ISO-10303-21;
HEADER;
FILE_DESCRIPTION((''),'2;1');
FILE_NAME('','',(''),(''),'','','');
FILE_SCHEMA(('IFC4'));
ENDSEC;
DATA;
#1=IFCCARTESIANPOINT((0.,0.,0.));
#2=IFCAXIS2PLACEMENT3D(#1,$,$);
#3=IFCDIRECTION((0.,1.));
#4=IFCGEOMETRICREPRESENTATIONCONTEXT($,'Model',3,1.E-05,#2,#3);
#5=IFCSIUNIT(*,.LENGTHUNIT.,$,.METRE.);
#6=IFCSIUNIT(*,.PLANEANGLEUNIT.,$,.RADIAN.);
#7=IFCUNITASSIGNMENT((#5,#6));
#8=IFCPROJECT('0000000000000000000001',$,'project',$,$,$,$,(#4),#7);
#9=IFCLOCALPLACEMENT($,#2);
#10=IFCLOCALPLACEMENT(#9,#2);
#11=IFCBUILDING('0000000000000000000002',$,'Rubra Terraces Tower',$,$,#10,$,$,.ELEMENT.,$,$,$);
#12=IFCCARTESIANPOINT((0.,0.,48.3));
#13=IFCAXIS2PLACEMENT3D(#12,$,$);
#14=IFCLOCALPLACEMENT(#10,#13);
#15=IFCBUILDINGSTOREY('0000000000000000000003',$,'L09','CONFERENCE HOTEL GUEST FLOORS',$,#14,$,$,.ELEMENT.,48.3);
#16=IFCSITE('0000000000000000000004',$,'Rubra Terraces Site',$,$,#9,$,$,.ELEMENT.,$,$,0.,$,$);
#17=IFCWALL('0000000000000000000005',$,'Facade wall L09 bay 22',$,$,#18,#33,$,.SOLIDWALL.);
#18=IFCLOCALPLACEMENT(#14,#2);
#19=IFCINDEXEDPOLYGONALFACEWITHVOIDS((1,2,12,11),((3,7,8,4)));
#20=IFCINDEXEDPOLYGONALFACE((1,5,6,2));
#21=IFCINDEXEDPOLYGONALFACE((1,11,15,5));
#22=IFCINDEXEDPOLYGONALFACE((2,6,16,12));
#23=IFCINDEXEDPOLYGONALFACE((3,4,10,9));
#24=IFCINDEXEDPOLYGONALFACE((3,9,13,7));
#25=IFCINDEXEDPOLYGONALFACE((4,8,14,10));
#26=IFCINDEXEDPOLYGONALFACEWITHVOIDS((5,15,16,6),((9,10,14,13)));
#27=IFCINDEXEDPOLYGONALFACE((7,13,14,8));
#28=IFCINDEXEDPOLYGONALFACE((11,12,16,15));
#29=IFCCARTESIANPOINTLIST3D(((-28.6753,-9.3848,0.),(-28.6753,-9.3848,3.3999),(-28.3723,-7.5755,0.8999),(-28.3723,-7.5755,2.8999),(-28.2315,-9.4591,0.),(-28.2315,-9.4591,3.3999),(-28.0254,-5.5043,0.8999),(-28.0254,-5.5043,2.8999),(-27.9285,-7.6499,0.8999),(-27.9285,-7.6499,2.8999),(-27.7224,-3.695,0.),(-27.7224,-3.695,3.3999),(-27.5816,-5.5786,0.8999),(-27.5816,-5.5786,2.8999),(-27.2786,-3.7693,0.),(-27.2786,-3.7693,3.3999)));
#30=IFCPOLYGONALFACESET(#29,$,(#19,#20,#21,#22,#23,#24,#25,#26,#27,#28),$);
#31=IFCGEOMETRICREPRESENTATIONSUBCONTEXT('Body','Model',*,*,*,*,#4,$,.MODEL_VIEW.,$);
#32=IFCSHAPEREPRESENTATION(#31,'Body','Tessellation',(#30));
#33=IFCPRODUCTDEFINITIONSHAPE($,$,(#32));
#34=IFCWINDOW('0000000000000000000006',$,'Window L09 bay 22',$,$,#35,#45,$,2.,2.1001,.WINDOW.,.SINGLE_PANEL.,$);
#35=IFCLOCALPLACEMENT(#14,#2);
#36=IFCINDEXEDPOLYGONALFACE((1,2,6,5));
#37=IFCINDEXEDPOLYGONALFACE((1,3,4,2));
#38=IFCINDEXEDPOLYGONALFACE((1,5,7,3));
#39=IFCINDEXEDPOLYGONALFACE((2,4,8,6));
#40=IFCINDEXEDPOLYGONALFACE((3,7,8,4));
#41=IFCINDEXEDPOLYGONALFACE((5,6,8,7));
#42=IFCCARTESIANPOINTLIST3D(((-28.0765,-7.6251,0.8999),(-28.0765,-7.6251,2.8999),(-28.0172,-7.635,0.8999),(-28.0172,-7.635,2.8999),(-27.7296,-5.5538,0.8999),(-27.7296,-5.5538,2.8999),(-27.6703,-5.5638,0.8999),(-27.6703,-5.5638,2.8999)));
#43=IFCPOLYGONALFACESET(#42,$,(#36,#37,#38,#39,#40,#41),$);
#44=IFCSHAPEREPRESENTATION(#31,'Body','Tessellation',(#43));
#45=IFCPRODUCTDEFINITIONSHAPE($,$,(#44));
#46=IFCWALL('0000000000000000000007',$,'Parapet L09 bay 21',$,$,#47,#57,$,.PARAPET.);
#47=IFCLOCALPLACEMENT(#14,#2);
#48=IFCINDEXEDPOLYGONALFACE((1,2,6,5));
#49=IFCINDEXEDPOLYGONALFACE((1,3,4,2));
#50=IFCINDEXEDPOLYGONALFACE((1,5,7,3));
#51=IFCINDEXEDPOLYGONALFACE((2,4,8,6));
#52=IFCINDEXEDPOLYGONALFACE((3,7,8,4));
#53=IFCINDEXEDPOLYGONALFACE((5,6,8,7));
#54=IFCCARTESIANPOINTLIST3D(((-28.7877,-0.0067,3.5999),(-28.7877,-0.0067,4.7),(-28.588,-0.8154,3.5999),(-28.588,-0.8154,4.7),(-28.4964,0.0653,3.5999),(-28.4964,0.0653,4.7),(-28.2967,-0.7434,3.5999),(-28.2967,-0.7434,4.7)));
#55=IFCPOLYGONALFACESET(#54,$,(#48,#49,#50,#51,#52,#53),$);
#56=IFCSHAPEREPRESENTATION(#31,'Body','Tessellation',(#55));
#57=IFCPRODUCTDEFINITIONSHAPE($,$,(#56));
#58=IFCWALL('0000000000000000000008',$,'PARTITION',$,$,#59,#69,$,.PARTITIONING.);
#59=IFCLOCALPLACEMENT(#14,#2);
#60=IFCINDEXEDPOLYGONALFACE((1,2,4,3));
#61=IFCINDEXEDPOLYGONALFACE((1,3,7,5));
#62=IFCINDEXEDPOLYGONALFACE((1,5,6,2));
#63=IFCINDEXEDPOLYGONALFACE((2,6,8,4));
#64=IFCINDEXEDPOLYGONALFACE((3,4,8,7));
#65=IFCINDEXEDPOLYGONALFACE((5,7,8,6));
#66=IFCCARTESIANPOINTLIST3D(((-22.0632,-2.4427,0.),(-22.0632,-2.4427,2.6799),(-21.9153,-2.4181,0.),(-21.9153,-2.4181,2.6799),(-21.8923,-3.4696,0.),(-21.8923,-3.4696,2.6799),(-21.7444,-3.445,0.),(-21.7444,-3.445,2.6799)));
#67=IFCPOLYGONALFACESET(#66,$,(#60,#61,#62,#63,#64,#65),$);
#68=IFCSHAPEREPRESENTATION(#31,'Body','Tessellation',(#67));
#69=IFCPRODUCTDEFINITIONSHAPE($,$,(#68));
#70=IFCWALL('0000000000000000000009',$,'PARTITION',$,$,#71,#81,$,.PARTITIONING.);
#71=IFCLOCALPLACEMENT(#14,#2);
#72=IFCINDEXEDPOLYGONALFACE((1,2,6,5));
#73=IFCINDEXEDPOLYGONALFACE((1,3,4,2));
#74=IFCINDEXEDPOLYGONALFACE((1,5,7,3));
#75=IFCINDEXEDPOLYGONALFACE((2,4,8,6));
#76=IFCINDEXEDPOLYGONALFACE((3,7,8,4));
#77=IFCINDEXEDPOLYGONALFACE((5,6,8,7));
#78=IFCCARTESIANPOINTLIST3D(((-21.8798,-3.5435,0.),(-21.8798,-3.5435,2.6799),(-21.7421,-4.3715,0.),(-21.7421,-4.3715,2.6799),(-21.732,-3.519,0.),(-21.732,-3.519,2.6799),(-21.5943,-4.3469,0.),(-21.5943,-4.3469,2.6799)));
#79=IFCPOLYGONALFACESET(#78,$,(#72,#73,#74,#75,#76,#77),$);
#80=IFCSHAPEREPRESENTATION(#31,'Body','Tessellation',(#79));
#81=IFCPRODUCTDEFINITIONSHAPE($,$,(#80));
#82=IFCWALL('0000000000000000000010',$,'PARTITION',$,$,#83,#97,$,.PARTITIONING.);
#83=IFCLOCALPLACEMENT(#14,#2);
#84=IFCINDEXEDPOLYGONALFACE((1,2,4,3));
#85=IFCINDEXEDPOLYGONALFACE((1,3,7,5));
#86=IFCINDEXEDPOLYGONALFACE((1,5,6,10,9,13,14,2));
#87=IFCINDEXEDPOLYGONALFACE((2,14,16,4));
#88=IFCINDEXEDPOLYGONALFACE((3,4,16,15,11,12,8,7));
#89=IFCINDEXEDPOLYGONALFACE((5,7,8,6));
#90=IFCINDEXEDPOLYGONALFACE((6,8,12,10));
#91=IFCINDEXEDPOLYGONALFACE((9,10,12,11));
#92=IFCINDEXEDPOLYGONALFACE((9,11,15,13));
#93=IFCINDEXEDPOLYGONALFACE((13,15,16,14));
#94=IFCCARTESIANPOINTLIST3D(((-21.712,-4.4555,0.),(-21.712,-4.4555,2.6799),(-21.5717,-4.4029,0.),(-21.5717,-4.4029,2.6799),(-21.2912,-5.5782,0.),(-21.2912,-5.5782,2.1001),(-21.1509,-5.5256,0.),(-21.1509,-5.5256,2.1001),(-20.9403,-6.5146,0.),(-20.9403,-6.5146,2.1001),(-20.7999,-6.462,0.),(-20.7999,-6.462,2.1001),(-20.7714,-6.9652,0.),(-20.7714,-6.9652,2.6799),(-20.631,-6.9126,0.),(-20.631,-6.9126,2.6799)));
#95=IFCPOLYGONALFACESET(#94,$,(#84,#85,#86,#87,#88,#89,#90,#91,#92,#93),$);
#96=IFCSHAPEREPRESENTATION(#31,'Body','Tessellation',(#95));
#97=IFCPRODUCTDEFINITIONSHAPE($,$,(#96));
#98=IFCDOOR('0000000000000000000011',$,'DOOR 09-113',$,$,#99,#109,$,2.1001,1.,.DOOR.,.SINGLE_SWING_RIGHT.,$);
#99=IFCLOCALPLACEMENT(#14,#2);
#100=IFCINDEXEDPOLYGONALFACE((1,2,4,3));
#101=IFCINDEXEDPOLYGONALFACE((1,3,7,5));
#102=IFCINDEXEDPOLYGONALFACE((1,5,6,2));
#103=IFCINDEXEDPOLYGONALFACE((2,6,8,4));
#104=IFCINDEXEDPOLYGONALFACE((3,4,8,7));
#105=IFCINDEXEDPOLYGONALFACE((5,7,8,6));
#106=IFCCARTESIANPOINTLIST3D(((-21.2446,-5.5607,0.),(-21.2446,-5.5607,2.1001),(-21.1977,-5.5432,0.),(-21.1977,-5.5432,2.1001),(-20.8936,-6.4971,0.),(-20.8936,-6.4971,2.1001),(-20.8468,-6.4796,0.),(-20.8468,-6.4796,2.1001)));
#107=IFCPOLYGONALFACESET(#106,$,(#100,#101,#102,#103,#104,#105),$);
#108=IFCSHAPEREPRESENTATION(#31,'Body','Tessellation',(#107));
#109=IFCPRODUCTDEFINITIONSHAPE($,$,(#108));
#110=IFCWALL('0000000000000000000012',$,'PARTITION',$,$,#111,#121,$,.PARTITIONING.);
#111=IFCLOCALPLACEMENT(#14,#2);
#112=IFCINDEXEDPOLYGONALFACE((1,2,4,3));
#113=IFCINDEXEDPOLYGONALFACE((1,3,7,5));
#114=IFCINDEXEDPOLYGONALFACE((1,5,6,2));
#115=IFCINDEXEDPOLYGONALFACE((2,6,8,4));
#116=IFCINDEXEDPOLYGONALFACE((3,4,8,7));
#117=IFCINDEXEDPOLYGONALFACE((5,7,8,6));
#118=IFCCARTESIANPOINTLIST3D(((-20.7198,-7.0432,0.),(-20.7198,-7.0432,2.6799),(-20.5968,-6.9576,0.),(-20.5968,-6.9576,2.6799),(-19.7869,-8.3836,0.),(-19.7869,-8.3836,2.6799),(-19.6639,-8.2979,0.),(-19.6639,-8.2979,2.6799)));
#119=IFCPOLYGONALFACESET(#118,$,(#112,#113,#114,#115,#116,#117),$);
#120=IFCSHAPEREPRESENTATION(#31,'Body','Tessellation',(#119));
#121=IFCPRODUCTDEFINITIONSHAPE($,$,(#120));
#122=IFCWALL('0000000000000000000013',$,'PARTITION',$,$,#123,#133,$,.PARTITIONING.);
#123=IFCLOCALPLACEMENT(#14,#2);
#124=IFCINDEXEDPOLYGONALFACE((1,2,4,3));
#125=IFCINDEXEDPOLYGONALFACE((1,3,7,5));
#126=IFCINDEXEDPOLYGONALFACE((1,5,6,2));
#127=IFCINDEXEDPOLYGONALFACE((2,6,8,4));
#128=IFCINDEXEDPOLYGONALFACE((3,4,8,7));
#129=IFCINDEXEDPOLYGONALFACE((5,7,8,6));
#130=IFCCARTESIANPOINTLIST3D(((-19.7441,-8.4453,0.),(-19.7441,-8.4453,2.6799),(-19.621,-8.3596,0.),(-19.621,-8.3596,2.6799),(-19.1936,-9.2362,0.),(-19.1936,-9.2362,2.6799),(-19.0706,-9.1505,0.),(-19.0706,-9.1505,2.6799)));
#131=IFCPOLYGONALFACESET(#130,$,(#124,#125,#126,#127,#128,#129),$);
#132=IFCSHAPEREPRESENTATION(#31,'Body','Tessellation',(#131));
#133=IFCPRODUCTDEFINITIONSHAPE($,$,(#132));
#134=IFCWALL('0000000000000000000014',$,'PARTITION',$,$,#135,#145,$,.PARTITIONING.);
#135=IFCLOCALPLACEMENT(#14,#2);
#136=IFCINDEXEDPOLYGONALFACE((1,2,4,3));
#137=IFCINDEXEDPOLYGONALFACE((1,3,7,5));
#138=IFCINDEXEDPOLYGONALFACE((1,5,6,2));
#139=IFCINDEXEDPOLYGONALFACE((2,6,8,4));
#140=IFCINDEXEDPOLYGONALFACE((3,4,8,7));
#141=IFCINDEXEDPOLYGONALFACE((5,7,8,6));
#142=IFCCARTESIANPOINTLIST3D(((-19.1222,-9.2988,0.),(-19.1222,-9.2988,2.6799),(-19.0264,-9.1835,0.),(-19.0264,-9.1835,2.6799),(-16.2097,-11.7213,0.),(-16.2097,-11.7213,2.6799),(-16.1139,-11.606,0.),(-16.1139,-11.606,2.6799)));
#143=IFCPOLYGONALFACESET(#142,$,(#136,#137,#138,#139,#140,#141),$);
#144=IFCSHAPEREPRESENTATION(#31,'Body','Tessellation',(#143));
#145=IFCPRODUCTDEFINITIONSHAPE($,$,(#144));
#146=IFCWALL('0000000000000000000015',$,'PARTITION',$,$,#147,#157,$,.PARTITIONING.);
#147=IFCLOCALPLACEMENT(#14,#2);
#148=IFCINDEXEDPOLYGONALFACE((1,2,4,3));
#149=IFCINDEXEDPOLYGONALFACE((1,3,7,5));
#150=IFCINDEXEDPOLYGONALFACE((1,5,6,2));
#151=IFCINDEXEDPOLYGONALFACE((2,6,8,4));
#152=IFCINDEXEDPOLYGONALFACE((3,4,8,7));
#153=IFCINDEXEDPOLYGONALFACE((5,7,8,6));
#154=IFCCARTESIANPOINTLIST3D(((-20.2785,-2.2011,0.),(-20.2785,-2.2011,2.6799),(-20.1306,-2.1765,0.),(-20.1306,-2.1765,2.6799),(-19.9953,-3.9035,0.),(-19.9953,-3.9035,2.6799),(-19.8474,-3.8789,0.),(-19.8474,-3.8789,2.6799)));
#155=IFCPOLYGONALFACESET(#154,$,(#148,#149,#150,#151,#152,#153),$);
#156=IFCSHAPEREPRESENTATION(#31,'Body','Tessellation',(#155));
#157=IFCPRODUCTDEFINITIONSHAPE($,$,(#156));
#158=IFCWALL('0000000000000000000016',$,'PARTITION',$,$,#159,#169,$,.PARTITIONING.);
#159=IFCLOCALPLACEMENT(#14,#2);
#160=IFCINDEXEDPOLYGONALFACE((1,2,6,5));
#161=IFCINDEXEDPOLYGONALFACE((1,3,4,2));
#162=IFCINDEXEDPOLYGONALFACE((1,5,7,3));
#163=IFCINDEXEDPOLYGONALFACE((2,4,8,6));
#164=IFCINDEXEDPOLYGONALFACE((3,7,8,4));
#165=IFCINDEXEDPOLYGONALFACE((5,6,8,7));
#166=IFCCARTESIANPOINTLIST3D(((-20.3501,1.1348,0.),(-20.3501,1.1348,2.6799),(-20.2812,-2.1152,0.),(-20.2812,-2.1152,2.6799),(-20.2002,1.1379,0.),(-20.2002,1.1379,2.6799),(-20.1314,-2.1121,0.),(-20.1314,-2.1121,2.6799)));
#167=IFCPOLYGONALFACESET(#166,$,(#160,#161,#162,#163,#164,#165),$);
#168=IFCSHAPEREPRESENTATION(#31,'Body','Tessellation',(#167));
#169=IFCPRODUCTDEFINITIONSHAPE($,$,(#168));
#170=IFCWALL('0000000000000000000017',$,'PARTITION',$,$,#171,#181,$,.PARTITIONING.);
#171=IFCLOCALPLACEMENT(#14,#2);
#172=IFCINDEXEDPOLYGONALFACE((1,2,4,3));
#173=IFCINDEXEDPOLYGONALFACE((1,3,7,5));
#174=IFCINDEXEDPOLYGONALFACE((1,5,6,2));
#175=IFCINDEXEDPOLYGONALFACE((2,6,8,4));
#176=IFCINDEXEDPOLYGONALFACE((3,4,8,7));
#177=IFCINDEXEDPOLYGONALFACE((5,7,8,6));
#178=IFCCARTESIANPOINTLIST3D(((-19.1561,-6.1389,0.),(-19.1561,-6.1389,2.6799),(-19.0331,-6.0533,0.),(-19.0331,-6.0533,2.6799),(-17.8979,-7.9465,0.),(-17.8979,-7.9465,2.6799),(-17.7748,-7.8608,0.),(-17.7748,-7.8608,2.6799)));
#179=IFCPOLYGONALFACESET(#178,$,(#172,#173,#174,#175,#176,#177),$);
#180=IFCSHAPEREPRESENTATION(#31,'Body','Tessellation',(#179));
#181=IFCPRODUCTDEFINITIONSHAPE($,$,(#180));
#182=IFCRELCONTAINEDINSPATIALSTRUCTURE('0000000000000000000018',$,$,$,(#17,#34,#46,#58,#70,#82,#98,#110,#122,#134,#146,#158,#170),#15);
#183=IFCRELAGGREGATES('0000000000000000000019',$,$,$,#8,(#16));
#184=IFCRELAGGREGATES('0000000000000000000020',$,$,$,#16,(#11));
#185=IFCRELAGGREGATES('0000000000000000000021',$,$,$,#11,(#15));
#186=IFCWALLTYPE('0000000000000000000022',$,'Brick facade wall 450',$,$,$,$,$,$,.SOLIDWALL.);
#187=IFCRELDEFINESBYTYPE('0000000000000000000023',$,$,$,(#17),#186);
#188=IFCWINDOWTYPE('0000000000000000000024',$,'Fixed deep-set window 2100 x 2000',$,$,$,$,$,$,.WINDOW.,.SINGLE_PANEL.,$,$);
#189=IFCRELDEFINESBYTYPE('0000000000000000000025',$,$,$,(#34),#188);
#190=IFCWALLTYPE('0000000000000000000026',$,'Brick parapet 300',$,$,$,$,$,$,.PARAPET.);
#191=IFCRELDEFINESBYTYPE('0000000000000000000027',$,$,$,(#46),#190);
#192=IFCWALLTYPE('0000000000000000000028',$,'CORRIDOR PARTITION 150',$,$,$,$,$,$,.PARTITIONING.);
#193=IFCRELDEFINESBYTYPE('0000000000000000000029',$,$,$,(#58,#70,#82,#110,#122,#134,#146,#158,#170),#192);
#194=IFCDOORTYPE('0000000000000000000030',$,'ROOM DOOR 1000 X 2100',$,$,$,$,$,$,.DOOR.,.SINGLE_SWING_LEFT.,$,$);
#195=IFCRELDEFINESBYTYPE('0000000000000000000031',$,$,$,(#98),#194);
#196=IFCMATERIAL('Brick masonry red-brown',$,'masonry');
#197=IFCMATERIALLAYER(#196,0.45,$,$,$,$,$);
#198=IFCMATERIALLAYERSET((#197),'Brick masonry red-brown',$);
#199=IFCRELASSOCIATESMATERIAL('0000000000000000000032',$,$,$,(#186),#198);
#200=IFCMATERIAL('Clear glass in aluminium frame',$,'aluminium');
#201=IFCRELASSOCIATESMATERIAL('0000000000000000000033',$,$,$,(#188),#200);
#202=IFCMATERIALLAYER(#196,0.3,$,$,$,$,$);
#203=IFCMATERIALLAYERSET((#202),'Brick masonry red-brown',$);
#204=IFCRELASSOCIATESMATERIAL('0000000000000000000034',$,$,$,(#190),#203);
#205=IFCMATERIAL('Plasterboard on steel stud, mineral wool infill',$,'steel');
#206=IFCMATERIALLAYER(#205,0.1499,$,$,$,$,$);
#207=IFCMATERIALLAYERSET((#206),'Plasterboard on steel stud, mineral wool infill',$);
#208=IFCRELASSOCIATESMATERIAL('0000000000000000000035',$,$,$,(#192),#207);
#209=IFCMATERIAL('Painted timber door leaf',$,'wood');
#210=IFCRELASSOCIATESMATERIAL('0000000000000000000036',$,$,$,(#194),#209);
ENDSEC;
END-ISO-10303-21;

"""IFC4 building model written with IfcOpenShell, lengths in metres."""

from ifc_helpers import new_model, si_unit, direction, frame, frame_2d, origin, place, context, subcontext, project, spatial, rectangle, extrude, material, layer, layer_set, type_object, element, fill, save


model = new_model("IFC4")

# Units and contexts
model_context = context("Model", 3, precision=1e-05, world=origin(), true_north=direction((0.0, 1.0)))
body_context = subcontext(model_context, "Body", "Model", "MODEL_VIEW")
ifc_project = project(units=[si_unit("LENGTHUNIT", "METRE"), si_unit("PLANEANGLEUNIT", "RADIAN")], contexts=[model_context])

# Site, building, storey
site_placement = place(None, origin())
site = spatial("IfcSite", under=ifc_project, at=site_placement, Name="Rubra Terraces Site", CompositionType="ELEMENT", RefElevation=0.0)
building_placement = place(site_placement, origin())
building = spatial("IfcBuilding", under=site, at=building_placement, Name="Rubra Terraces Tower", CompositionType="ELEMENT")
storey_placement = place(building_placement, frame((0.0, 0.0, 48.3)))
storey = spatial("IfcBuildingStorey", under=building, at=storey_placement, Name="L09", Description="CONFERENCE HOTEL GUEST FLOORS", CompositionType="ELEMENT", Elevation=48.3)

# Wall, opening, window
ifc_material_1 = material(Name="Brick masonry red-brown", Category="masonry")
ifc_layer_1 = layer(ifc_material_1, 0.45)
ifc_layer_set_1 = layer_set([ifc_layer_1], Name="Brick masonry red-brown")
wall_type_1 = type_object("IfcWallType", Name="Brick facade wall 450", PredefinedType="SOLIDWALL", material=ifc_layer_set_1)
ifc_material_2 = material(Name="Clear glass in aluminium frame", Category="aluminium")
wall_1_placement = place(storey_placement, frame((-27.5005, -3.7322, 0.0), z_axis=(0.0, 0.0, 1.0), x_axis=(-0.165174, -0.986264, 0.0)))
wall_1 = element("IfcWall", 1, at=wall_1_placement, inside=storey, type_object=wall_type_1, Name="Facade wall L09 bay 22", PredefinedType="SOLIDWALL", context=body_context, shape_type="SweptSolid", body=[
    extrude(rectangle(XDim=5.769, YDim=0.45, at=frame_2d((2.8845, 0.0))), origin(), (0.0, 0.0, 1.0), 3.3999),
])
opening_1_placement = place(wall_1_placement, frame((1.8345, 0.0, 0.8999)))
opening_1 = element("IfcOpeningElement", 2, at=opening_1_placement, cuts=wall_1, PredefinedType="OPENING", context=body_context, shape_type="SweptSolid", body=[
    extrude(rectangle(XDim=2.1001, YDim=2.0, at=frame_2d((1.05, 1.0))), frame((0.0, 0.2349, 0.0), z_axis=(0.0, -1.0, 0.0), x_axis=(1.0, 0.0, 0.0)), (0.0, 0.0, 1.0), 0.47),
])
window_type_1 = type_object("IfcWindowType", Name="Fixed deep-set window 2100 x 2000", PartitioningType="SINGLE_PANEL", PredefinedType="WINDOW", material=ifc_material_2)
window_1_placement = place(opening_1_placement, origin())
window_1 = element("IfcWindow", 3, at=window_1_placement, inside=storey, type_object=window_type_1, Name="Window L09 bay 22", OverallHeight=2.0, OverallWidth=2.1001, PartitioningType="SINGLE_PANEL", PredefinedType="WINDOW", context=body_context, shape_type="SweptSolid", body=[
    extrude(rectangle(XDim=2.1001, YDim=2.0, at=frame_2d((1.05, 1.0))), frame((0.0, 0.135, 0.0), z_axis=(0.0, -1.0, 0.0), x_axis=(1.0, 0.0, 0.0)), (0.0, 0.0, 1.0), 0.0601),
])
fill(opening_1, window_1)

# Walls
ifc_layer_2 = layer(ifc_material_1, 0.3)
ifc_layer_set_2 = layer_set([ifc_layer_2], Name="Brick masonry red-brown")
wall_type_2 = type_object("IfcWallType", Name="Brick parapet 300", PredefinedType="PARAPET", material=ifc_layer_set_2)
wall_2_placement = place(storey_placement, frame((-28.6421, 0.0293, 3.5999), z_axis=(0.0, 0.0, 1.0), x_axis=(0.239776, -0.970828, 0.0)))
element("IfcWall", 4, at=wall_2_placement, inside=storey, type_object=wall_type_2, Name="Parapet L09 bay 21", PredefinedType="PARAPET", context=body_context, shape_type="SweptSolid", body=[
    extrude(rectangle(XDim=0.833, YDim=0.3, at=frame_2d((0.4165, 0.0))), origin(), (0.0, 0.0, 1.0), 1.1001),
])
ifc_material_3 = material(Name="Plasterboard on steel stud, mineral wool infill", Category="steel")
ifc_layer_3 = layer(ifc_material_3, 0.1499)
ifc_layer_set_3 = layer_set([ifc_layer_3], Name="Plasterboard on steel stud, mineral wool infill")
wall_type_3 = type_object("IfcWallType", Name="CORRIDOR PARTITION 150", PredefinedType="PARTITIONING", material=ifc_layer_set_3)
wall_3_placement = place(storey_placement, frame((-21.9893, -2.4304, 0.0), z_axis=(0.0, 0.0, 1.0), x_axis=(0.164171, -0.986432, 0.0)))
element("IfcWall", 5, at=wall_3_placement, inside=storey, type_object=wall_type_3, Name="PARTITION", PredefinedType="PARTITIONING", context=body_context, shape_type="SweptSolid", body=[
    extrude(rectangle(XDim=1.041, YDim=0.1499, at=frame_2d((0.5205, 0.0))), origin(), (0.0, 0.0, 1.0), 2.6799),
])
wall_4_placement = place(storey_placement, frame((-21.8059, -3.5312, 0.0), z_axis=(0.0, 0.0, 1.0), x_axis=(0.164069, -0.986449, 0.0)))
element("IfcWall", 6, at=wall_4_placement, inside=storey, type_object=wall_type_3, Name="PARTITION", PredefinedType="PARTITIONING", context=body_context, shape_type="SweptSolid", body=[
    extrude(rectangle(XDim=0.8394, YDim=0.1499, at=frame_2d((0.4197, 0.0))), origin(), (0.0, 0.0, 1.0), 2.6799),
])

# Wall, opening, door
wall_5_placement = place(storey_placement, frame((-21.6418, -4.4292, 0.0), z_axis=(0.0, 0.0, 1.0), x_axis=(0.350964, -0.936389, 0.0)))
wall_5 = element("IfcWall", 7, at=wall_5_placement, inside=storey, type_object=wall_type_3, Name="PARTITION", PredefinedType="PARTITIONING", context=body_context, shape_type="SweptSolid", body=[
    extrude(rectangle(XDim=2.6802, YDim=0.1499, at=frame_2d((1.3401, 0.0))), origin(), (0.0, 0.0, 1.0), 2.6799),
])
opening_2_placement = place(wall_5_placement, frame((1.199, 0.0, 0.0)))
opening_2 = element("IfcOpeningElement", 8, at=opening_2_placement, cuts=wall_5, PredefinedType="OPENING", context=body_context, shape_type="SweptSolid", body=[
    extrude(rectangle(XDim=1.0, YDim=2.1001, at=frame_2d((0.5, 1.05))), frame((0.0, 0.085, 0.0), z_axis=(0.0, -1.0, 0.0), x_axis=(1.0, 0.0, 0.0)), (0.0, 0.0, 1.0), 0.1699),
])
ifc_material_4 = material(Name="Painted timber door leaf", Category="wood")
door_type_1 = type_object("IfcDoorType", Name="ROOM DOOR 1000 X 2100", OperationType="SINGLE_SWING_LEFT", PredefinedType="DOOR", material=ifc_material_4)
door_1_placement = place(opening_2_placement, origin())
door_1 = element("IfcDoor", 9, at=door_1_placement, inside=storey, type_object=door_type_1, Name="DOOR 09-113", OperationType="SINGLE_SWING_RIGHT", OverallHeight=2.1001, OverallWidth=1.0, PredefinedType="DOOR", context=body_context, shape_type="SweptSolid", body=[
    extrude(rectangle(XDim=1.0, YDim=2.1001, at=frame_2d((0.5, 1.05))), frame((0.0, 0.0249, 0.0), z_axis=(0.0, -1.0, 0.0), x_axis=(1.0, 0.0, 0.0)), (0.0, 0.0, 1.0), 0.05),
])
fill(opening_2, door_1)

# Walls
wall_6_placement = place(storey_placement, frame((-20.6582, -7.0005, 0.0), z_axis=(0.0, 0.0, 1.0), x_axis=(0.571253, -0.820774, 0.0)))
element("IfcWall", 10, at=wall_6_placement, inside=storey, type_object=wall_type_3, Name="PARTITION", PredefinedType="PARTITIONING", context=body_context, shape_type="SweptSolid", body=[
    extrude(rectangle(XDim=1.6331, YDim=0.1499, at=frame_2d((0.8164, 0.0))), origin(), (0.0, 0.0, 1.0), 2.6799),
])
wall_7_placement = place(storey_placement, frame((-19.6826, -8.4023, 0.0), z_axis=(0.0, 0.0, 1.0), x_axis=(0.57125, -0.820776, 0.0)))
element("IfcWall", 11, at=wall_7_placement, inside=storey, type_object=wall_type_3, Name="PARTITION", PredefinedType="PARTITIONING", context=body_context, shape_type="SweptSolid", body=[
    extrude(rectangle(XDim=0.9636, YDim=0.1499, at=frame_2d((0.4819, 0.0))), origin(), (0.0, 0.0, 1.0), 2.6799),
])
wall_8_placement = place(storey_placement, frame((-19.0742, -9.2412, 0.0), z_axis=(0.0, 0.0, 1.0), x_axis=(0.768813, -0.639474, 0.0)))
element("IfcWall", 12, at=wall_8_placement, inside=storey, type_object=wall_type_3, Name="PARTITION", PredefinedType="PARTITIONING", context=body_context, shape_type="SweptSolid", body=[
    extrude(rectangle(XDim=3.7883, YDim=0.1499, at=frame_2d((1.894, 0.0))), origin(), (0.0, 0.0, 1.0), 2.6799),
])
wall_9_placement = place(storey_placement, frame((-19.9214, -3.8911, 0.0), z_axis=(0.0, 0.0, 1.0), x_axis=(-0.164101, 0.986444, 0.0)))
element("IfcWall", 13, at=wall_9_placement, inside=storey, type_object=wall_type_3, Name="PARTITION", PredefinedType="PARTITIONING", context=body_context, shape_type="SweptSolid", body=[
    extrude(rectangle(XDim=1.7258, YDim=0.1499, at=frame_2d((0.8628, 0.0))), origin(), (0.0, 0.0, 1.0), 2.6799),
])
wall_10_placement = place(storey_placement, frame((-20.2063, -2.1138, 0.0), z_axis=(0.0, 0.0, 1.0), x_axis=(-0.021179, 0.999776, 0.0)))
element("IfcWall", 14, at=wall_10_placement, inside=storey, type_object=wall_type_3, Name="PARTITION", PredefinedType="PARTITIONING", context=body_context, shape_type="SweptSolid", body=[
    extrude(rectangle(XDim=3.2507, YDim=0.1499, at=frame_2d((1.6255, 0.0))), origin(), (0.0, 0.0, 1.0), 2.6799),
])
wall_11_placement = place(storey_placement, frame((-17.8364, -7.9036, 0.0), z_axis=(0.0, 0.0, 1.0), x_axis=(-0.571318, 0.820729, 0.0)))
element("IfcWall", 15, at=wall_11_placement, inside=storey, type_object=wall_type_3, Name="PARTITION", PredefinedType="PARTITIONING", context=body_context, shape_type="SweptSolid", body=[
    extrude(rectangle(XDim=2.2024, YDim=0.1499, at=frame_2d((1.1011, 0.0))), origin(), (0.0, 0.0, 1.0), 2.6799),
])

save(model, "model.ifc")
